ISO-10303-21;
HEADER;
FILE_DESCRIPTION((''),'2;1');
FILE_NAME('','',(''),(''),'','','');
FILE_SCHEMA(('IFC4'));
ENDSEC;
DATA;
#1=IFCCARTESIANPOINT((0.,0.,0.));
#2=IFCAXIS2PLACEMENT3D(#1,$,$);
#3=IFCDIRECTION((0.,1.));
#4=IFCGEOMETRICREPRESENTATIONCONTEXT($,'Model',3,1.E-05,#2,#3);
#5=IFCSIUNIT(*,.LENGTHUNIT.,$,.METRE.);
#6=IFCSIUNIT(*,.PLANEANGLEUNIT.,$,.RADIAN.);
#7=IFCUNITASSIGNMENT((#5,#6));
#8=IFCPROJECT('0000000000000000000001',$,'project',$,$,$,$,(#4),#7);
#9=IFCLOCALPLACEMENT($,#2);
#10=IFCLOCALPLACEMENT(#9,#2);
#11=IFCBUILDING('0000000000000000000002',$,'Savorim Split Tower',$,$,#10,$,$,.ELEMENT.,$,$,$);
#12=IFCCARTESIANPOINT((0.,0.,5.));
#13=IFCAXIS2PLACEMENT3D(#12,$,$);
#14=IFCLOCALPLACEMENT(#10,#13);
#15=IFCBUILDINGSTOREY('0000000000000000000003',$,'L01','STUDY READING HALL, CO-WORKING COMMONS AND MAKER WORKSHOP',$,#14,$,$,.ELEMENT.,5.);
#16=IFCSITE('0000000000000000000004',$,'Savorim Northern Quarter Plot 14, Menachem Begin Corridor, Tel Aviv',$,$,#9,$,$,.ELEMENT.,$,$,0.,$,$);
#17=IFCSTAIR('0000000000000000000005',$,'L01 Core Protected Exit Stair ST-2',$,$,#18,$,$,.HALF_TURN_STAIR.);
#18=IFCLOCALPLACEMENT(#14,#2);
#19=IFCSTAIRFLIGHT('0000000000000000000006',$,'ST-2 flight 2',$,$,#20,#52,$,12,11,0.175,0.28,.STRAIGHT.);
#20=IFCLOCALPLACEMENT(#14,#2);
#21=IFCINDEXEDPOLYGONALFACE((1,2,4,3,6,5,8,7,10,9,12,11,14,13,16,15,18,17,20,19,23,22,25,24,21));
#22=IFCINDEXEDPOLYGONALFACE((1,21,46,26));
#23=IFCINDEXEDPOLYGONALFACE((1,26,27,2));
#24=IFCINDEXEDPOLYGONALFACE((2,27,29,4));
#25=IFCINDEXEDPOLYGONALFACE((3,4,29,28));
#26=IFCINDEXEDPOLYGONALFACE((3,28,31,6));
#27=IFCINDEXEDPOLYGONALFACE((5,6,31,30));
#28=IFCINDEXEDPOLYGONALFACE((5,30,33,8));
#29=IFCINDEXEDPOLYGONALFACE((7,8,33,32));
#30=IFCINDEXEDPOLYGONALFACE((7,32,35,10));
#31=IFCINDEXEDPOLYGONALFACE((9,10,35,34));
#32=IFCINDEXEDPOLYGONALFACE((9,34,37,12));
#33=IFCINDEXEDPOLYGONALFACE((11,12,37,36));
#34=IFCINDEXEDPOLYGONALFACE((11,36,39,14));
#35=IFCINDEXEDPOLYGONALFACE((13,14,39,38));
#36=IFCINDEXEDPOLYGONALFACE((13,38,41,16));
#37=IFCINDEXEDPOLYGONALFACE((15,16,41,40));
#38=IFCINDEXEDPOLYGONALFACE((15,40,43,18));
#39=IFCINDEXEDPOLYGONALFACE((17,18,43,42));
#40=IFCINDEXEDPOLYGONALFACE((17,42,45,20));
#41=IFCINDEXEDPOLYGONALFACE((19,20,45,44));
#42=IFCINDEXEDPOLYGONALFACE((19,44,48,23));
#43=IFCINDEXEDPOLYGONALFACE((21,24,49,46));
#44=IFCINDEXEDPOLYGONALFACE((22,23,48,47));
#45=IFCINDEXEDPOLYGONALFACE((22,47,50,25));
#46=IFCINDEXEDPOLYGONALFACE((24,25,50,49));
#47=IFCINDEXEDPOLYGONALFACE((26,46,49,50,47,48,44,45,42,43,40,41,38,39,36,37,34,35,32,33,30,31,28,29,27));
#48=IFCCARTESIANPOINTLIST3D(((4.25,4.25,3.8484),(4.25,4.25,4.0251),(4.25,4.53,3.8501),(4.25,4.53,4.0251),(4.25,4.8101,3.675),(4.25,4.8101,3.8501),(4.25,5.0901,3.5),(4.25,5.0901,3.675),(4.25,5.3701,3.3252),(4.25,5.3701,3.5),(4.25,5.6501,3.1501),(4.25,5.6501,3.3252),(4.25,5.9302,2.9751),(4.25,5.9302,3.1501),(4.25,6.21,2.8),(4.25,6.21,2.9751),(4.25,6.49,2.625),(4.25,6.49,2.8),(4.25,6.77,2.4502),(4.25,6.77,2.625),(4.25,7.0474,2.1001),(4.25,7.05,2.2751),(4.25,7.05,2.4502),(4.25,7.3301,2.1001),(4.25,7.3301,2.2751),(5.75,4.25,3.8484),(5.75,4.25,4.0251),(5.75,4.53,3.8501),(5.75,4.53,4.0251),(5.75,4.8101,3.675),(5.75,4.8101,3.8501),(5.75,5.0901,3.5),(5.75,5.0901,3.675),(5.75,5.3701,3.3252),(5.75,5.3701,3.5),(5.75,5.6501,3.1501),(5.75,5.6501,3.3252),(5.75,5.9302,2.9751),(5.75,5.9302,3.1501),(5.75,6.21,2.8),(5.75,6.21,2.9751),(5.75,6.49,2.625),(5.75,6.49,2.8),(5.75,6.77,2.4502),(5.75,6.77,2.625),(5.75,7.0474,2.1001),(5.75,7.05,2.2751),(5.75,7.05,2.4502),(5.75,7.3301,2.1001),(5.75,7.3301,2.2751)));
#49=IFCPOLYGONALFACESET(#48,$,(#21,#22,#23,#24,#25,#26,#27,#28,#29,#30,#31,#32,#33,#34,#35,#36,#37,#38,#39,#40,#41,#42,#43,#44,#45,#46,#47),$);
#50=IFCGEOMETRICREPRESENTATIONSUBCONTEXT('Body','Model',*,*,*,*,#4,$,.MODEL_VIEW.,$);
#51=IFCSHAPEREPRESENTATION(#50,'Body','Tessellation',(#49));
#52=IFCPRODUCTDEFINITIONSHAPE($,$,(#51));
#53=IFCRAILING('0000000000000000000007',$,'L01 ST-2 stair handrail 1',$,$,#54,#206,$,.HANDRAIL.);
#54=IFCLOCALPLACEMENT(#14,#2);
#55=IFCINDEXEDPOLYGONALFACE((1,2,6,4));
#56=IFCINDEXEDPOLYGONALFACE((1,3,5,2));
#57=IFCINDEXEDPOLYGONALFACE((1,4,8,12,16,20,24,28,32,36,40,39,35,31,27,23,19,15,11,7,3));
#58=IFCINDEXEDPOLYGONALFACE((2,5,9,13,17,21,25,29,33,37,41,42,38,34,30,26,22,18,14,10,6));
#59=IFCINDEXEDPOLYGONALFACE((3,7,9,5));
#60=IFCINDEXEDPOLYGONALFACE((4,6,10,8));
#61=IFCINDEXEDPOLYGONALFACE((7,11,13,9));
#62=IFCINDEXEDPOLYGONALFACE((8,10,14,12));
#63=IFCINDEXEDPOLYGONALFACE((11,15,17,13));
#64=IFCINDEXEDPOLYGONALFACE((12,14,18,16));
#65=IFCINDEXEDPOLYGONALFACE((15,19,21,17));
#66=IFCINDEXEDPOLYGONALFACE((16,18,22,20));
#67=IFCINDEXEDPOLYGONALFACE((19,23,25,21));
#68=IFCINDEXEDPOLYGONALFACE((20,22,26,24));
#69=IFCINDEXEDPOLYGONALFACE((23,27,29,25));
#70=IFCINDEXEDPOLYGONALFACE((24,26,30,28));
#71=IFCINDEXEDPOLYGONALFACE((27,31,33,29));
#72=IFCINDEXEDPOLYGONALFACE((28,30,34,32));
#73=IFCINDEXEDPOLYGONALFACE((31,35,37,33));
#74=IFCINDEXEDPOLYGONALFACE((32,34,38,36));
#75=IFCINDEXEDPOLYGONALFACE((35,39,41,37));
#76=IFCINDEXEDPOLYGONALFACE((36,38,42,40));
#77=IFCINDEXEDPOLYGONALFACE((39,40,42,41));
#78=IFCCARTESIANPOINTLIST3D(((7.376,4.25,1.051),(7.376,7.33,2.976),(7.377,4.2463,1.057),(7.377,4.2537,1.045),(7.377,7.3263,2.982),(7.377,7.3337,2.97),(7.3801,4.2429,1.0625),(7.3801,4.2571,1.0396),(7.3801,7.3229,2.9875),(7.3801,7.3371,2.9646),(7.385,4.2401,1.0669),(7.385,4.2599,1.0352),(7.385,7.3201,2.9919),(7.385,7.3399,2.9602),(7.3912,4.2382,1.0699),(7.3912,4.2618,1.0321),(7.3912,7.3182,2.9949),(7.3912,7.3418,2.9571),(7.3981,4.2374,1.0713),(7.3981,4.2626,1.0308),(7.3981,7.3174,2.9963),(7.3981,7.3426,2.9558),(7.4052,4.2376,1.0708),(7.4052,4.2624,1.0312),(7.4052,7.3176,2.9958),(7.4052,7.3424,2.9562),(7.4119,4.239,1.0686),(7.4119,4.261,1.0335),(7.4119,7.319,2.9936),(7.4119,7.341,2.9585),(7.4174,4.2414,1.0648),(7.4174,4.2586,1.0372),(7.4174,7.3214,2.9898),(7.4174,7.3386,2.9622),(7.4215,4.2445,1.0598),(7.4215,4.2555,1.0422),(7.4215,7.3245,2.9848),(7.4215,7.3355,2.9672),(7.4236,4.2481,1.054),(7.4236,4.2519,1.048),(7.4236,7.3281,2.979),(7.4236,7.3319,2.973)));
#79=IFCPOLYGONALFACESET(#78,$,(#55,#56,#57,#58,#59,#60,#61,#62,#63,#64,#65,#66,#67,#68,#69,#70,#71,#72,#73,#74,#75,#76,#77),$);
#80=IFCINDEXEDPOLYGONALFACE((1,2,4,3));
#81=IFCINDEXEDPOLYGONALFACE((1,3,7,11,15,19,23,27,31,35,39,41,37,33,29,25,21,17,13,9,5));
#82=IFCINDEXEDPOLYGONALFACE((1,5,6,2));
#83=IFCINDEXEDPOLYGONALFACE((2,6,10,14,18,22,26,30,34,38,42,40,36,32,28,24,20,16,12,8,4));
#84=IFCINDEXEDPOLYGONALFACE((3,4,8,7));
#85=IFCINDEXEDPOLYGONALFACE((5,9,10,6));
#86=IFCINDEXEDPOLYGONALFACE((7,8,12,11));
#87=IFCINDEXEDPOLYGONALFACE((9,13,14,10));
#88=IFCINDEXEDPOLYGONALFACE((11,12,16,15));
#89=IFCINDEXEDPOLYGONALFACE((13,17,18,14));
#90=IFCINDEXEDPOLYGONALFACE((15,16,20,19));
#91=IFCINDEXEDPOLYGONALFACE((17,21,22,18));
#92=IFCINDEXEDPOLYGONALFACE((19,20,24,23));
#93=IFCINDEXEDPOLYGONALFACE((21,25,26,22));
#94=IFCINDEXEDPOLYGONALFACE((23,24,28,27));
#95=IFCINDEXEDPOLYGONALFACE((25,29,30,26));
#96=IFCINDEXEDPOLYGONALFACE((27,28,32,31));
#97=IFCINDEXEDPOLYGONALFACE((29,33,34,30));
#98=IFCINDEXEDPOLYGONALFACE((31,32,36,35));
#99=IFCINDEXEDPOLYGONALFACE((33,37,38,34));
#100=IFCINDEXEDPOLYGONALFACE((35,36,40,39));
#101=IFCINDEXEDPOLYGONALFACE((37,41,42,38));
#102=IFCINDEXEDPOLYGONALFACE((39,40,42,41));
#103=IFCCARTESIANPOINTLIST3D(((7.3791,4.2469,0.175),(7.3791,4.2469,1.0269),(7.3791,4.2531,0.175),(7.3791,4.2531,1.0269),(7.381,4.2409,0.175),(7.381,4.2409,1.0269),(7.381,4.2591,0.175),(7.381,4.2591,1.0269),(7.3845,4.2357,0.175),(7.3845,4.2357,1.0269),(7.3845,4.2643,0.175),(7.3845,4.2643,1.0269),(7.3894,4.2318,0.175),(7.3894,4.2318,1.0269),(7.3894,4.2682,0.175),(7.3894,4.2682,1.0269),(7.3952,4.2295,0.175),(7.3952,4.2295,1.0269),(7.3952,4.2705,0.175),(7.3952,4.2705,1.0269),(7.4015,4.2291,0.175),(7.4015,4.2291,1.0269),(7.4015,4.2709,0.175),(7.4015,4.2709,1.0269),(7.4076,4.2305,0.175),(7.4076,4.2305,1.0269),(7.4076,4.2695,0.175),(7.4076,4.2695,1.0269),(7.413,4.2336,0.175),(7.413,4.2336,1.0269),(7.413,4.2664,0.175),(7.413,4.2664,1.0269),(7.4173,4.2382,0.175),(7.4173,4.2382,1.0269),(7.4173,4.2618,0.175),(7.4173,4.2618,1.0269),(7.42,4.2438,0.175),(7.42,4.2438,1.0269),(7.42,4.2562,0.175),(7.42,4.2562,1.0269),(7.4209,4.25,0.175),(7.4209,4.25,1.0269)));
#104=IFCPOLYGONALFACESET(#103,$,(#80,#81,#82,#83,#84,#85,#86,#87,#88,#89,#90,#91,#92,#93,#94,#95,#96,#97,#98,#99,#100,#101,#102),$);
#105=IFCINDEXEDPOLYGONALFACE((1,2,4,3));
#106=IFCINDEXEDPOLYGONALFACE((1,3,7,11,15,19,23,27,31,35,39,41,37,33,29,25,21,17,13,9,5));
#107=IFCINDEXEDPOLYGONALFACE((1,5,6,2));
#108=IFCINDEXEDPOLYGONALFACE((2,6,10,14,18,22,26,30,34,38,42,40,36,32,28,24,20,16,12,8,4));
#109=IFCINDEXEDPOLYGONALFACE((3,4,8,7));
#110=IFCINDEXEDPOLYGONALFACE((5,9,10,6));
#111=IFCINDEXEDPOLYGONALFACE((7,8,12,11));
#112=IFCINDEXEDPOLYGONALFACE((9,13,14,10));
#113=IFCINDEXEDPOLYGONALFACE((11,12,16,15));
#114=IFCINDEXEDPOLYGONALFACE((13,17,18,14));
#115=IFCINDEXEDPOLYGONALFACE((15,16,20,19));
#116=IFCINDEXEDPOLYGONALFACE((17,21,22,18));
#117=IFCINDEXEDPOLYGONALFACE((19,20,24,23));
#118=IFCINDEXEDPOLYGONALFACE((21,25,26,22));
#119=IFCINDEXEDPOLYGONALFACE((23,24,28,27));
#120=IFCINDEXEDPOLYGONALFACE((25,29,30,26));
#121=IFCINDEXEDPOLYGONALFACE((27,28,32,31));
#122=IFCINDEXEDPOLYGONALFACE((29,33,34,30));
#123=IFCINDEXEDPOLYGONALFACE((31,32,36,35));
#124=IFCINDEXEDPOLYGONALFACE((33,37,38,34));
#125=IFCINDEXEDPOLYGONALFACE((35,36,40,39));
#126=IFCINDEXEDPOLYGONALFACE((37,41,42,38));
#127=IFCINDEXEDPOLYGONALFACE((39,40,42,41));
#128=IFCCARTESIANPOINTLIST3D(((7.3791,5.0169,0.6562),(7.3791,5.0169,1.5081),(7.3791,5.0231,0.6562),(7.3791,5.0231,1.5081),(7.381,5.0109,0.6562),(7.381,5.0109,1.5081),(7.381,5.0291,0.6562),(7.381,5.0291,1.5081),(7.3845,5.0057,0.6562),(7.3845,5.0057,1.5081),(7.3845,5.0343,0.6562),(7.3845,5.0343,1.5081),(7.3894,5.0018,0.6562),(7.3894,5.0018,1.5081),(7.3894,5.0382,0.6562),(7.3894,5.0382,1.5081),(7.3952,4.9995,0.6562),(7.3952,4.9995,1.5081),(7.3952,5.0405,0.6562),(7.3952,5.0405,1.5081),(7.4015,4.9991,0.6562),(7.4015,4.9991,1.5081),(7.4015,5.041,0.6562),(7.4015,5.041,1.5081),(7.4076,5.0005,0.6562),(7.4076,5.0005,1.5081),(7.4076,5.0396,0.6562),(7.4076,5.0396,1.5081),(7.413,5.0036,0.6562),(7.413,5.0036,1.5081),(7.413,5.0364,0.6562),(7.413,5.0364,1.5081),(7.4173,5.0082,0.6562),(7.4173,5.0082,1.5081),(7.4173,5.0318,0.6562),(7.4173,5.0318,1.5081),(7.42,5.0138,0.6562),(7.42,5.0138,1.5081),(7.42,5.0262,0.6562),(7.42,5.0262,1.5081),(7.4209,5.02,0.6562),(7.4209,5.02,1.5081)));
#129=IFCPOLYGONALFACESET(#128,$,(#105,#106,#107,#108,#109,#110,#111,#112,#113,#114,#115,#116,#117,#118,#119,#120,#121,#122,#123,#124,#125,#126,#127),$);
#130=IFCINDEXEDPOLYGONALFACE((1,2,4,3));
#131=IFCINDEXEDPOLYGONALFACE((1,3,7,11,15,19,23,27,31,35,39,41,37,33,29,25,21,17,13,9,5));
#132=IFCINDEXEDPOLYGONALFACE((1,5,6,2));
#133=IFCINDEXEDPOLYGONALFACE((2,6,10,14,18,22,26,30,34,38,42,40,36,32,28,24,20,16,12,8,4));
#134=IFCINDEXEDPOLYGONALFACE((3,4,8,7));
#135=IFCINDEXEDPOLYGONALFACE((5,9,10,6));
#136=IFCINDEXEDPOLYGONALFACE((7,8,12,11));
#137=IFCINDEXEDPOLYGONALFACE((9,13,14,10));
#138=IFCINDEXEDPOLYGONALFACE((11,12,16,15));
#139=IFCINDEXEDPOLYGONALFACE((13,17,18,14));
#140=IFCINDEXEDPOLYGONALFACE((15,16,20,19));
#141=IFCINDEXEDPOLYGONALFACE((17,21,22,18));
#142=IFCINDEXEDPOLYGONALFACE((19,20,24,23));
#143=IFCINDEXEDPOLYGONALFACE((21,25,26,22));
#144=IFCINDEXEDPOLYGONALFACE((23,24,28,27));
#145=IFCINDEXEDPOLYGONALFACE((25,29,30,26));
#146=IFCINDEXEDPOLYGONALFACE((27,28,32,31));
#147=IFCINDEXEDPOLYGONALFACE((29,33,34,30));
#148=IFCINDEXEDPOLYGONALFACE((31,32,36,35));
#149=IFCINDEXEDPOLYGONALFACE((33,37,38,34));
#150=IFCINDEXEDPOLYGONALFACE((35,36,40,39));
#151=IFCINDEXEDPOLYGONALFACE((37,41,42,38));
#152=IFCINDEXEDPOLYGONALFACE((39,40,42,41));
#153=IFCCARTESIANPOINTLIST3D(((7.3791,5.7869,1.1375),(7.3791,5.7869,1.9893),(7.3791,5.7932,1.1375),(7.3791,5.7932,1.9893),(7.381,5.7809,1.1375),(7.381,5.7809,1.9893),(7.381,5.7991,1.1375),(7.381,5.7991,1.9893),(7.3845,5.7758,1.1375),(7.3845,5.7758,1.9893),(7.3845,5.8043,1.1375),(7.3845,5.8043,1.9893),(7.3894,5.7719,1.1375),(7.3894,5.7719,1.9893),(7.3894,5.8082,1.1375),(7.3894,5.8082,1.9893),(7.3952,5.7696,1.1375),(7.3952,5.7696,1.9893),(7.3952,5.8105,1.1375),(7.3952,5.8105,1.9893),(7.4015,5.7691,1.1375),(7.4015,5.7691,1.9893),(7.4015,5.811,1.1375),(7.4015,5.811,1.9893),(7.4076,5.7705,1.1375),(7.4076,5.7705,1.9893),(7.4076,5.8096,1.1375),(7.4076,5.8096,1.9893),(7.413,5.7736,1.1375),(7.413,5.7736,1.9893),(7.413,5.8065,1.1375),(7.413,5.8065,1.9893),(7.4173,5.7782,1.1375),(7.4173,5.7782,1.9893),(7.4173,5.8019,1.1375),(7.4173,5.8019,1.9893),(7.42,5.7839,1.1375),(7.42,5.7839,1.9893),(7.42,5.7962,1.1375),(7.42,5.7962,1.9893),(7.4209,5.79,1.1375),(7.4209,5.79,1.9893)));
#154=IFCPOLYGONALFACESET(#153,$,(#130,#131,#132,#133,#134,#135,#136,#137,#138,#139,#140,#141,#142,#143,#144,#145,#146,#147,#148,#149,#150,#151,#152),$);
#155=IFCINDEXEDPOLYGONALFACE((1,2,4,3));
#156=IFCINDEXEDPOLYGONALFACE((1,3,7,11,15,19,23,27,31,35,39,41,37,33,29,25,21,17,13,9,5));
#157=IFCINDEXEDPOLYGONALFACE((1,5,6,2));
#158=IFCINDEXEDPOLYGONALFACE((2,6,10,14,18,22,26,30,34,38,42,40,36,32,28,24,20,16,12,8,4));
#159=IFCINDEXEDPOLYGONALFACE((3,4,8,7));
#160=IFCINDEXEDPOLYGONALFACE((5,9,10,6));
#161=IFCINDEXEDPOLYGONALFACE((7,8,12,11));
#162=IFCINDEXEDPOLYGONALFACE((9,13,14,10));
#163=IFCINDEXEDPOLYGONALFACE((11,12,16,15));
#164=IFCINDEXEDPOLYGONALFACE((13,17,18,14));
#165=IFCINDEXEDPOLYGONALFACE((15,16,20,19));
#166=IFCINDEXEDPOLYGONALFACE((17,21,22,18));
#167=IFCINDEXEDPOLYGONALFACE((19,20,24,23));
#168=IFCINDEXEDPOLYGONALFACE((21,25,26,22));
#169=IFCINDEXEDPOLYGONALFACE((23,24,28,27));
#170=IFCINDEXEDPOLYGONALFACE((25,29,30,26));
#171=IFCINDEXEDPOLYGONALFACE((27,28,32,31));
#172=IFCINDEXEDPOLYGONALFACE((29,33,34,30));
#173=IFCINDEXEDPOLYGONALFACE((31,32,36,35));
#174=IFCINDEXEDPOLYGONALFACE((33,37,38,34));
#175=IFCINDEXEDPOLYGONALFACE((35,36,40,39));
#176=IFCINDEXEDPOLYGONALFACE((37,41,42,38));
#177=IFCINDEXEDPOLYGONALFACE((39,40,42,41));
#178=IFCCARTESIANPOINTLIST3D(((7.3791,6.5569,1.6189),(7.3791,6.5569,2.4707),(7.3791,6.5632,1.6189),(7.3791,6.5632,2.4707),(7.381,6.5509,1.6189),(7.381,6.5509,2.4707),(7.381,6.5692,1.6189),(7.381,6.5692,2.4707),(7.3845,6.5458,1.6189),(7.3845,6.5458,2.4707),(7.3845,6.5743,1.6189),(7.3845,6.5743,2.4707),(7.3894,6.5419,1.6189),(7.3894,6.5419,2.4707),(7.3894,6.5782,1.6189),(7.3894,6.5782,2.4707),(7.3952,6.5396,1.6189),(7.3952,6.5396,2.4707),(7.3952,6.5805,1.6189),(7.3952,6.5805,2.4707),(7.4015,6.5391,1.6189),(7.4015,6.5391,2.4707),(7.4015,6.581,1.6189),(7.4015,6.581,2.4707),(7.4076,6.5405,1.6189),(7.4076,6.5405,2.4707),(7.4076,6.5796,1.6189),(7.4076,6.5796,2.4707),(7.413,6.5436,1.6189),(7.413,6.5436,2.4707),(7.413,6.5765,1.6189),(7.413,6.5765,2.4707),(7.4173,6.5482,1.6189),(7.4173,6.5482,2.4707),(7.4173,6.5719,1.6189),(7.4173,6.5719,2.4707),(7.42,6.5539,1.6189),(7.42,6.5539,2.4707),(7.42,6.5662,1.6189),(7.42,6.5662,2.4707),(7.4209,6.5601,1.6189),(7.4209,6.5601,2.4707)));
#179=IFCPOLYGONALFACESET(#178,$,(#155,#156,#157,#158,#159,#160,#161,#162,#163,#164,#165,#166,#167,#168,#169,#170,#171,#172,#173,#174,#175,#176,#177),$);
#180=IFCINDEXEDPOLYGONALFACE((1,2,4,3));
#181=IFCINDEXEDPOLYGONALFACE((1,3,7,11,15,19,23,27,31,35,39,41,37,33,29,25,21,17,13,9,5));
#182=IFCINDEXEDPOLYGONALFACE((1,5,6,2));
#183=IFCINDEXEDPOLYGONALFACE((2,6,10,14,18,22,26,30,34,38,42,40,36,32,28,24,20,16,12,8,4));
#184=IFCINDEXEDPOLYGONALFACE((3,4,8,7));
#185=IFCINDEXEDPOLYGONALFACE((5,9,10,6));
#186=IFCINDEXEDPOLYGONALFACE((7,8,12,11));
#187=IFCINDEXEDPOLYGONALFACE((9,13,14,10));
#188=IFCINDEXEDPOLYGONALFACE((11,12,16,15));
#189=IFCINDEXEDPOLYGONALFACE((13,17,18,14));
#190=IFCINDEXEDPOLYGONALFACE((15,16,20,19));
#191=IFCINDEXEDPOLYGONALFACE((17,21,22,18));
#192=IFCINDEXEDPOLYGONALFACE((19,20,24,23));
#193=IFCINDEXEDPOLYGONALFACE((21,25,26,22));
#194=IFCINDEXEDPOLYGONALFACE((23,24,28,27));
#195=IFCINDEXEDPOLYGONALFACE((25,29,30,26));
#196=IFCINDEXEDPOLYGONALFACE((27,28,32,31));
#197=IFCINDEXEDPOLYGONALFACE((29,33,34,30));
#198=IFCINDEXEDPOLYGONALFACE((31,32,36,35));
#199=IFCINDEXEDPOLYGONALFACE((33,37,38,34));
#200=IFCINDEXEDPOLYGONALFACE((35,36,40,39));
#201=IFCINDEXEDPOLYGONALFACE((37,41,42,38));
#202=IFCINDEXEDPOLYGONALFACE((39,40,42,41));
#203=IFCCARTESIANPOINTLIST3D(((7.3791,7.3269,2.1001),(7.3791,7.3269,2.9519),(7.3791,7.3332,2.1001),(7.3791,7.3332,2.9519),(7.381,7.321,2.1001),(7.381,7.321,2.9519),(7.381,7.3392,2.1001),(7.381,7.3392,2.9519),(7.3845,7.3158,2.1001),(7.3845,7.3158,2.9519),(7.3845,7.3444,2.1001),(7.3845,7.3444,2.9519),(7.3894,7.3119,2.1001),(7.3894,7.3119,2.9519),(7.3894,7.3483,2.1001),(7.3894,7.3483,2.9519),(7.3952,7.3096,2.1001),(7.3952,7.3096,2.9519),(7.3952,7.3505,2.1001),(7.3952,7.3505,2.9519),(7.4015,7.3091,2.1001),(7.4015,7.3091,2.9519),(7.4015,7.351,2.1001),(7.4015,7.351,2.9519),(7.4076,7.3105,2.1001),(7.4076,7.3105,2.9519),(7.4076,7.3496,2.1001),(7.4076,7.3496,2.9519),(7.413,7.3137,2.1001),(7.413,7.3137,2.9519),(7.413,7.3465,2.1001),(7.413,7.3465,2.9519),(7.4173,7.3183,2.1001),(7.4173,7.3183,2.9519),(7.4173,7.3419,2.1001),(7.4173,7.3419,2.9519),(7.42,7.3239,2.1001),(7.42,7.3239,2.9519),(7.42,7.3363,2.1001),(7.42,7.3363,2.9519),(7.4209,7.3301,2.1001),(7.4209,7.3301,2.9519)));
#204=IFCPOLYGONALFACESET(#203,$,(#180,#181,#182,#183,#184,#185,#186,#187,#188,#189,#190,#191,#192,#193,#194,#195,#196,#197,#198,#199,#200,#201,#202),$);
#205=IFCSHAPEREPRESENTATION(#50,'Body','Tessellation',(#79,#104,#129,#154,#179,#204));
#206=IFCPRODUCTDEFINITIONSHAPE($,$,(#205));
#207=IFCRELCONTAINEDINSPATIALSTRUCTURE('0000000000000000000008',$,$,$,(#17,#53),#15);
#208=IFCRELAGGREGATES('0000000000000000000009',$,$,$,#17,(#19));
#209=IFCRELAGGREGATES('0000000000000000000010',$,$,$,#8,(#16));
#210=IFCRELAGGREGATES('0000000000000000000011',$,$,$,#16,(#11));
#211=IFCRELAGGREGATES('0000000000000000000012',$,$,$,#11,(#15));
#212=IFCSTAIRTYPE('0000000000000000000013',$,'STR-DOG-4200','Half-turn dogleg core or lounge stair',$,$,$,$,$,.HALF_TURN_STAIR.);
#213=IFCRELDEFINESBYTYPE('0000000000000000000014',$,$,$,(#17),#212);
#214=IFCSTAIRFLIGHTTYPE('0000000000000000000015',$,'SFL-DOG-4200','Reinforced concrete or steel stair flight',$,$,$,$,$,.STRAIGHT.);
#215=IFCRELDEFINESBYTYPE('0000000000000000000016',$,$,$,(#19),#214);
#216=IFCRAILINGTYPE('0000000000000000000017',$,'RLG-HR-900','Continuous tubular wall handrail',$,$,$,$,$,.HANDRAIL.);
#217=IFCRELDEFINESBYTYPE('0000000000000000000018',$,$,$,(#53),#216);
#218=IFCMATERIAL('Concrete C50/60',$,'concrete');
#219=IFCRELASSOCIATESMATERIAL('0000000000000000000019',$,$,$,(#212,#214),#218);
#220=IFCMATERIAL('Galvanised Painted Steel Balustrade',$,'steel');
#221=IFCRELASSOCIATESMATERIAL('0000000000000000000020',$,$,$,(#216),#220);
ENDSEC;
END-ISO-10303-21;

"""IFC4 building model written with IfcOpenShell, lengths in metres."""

from ifc_helpers import new_model, si_unit, direction, frame, origin, origin_2d, place, context, subcontext, project, spatial, polyline, circle, outline, extrude, material, type_object, element, aggregate, save


model = new_model("IFC4")

# Units and contexts
model_context = context("Model", 3, precision=1e-05, world=origin(), true_north=direction((0.0, 1.0)))
body_context = subcontext(model_context, "Body", "Model", "MODEL_VIEW")
ifc_project = project(units=[si_unit("LENGTHUNIT", "METRE"), si_unit("PLANEANGLEUNIT", "RADIAN")], contexts=[model_context])

# Site, building, storey
site_placement = place(None, origin())
site = spatial("IfcSite", under=ifc_project, at=site_placement, Name="Savorim Northern Quarter Plot 14, Menachem Begin Corridor, Tel Aviv", CompositionType="ELEMENT", RefElevation=0.0)
building_placement = place(site_placement, origin())
building = spatial("IfcBuilding", under=site, at=building_placement, Name="Savorim Split Tower", CompositionType="ELEMENT")
storey_placement = place(building_placement, frame((0.0, 0.0, 5.0)))
storey = spatial("IfcBuildingStorey", under=building, at=storey_placement, Name="L01", Description="STUDY READING HALL, CO-WORKING COMMONS AND MAKER WORKSHOP", CompositionType="ELEMENT", Elevation=5.0)

# Shared definitions
ifc_material_1 = material(Name="Concrete C50/60", Category="concrete")

# Stair, stair flight
stair_type = type_object("IfcStairType", Name="STR-DOG-4200", Description="Half-turn dogleg core or lounge stair", PredefinedType="HALF_TURN_STAIR", material=ifc_material_1)
stair_placement = place(storey_placement, origin())
stair = element("IfcStair", 1, at=stair_placement, inside=storey, type_object=stair_type, Name="L01 Core Protected Exit Stair ST-2", PredefinedType="HALF_TURN_STAIR")
stair_flight_type = type_object("IfcStairFlightType", Name="SFL-DOG-4200", Description="Reinforced concrete or steel stair flight", PredefinedType="STRAIGHT", material=ifc_material_1)
stair_flight_placement = place(storey_placement, frame((5.0, 7.3301, 2.1001), z_axis=(0.0, 0.0, 1.0), x_axis=(0.0, -1.0, 0.0)))
stair_flight = element("IfcStairFlight", 2, at=stair_flight_placement, type_object=stair_flight_type, Name="ST-2 flight 2", NumberOfRisers=12, NumberOfTreads=11, PredefinedType="STRAIGHT", RiserHeight=0.175, TreadLength=0.28, context=body_context, shape_type="SweptSolid", body=[
    extrude(outline(polyline([(0.0, 0.0), (0.0, 0.175), (0.28, 0.175), (0.28, 0.3501), (0.5601, 0.3501), (0.5601, 0.5249), (0.8401, 0.5249), (0.8401, 0.7), (1.1201, 0.7), (1.1201, 0.875), (1.3999, 0.875), (1.3999, 1.05), (1.6799, 1.05), (1.6799, 1.2251), (1.96, 1.2251), (1.96, 1.3999), (2.24, 1.3999), (2.24, 1.575), (2.52, 1.575), (2.52, 1.75), (2.8, 1.75), (2.8, 1.925), (3.0801, 1.925), (3.0801, 2.1001), (3.0801, 1.7483), (0.2827, 0.0), (0.0, 0.0)])), frame((0.0, 0.75, 0.0), z_axis=(0.0, -1.0, 0.0), x_axis=(1.0, 0.0, 0.0)), (0.0, 0.0, 1.0), 1.5),
])
aggregate(stair, [stair_flight])

# Railing
ifc_material_2 = material(Name="Galvanised Painted Steel Balustrade", Category="steel")
railing_type_1 = type_object("IfcRailingType", Name="RLG-HR-900", Description="Continuous tubular wall handrail", PredefinedType="HANDRAIL", material=ifc_material_2)
railing_1_placement = place(storey_placement, frame((7.3999, 4.25, 0.175)))
element("IfcRailing", 3, at=railing_1_placement, inside=storey, type_object=railing_type_1, Name="L01 ST-2 stair handrail 1", PredefinedType="HANDRAIL", context=body_context, shape_type="SweptSolid", body=[
    extrude(circle(Radius=0.0239, at=origin_2d()), frame((0.0, 0.0, 0.876), z_axis=(0.0, 0.847998, 0.529999), x_axis=(-1.0, 0.0, 0.0)), (0.0, 0.0, 1.0), 3.6321),
    extrude(circle(Radius=0.021, at=origin_2d()), origin(), (0.0, 0.0, 1.0), 0.8518),
    extrude(circle(Radius=0.021, at=origin_2d()), frame((0.0, 0.77, 0.4812)), (0.0, 0.0, 1.0), 0.8518),
    extrude(circle(Radius=0.021, at=origin_2d()), frame((0.0, 1.54, 0.9624)), (0.0, 0.0, 1.0), 0.8518),
    extrude(circle(Radius=0.021, at=origin_2d()), frame((0.0, 2.3101, 1.4438)), (0.0, 0.0, 1.0), 0.8518),
    extrude(circle(Radius=0.021, at=origin_2d()), frame((0.0, 3.0801, 1.925)), (0.0, 0.0, 1.0), 0.8518),
])

save(model, "model.ifc")
